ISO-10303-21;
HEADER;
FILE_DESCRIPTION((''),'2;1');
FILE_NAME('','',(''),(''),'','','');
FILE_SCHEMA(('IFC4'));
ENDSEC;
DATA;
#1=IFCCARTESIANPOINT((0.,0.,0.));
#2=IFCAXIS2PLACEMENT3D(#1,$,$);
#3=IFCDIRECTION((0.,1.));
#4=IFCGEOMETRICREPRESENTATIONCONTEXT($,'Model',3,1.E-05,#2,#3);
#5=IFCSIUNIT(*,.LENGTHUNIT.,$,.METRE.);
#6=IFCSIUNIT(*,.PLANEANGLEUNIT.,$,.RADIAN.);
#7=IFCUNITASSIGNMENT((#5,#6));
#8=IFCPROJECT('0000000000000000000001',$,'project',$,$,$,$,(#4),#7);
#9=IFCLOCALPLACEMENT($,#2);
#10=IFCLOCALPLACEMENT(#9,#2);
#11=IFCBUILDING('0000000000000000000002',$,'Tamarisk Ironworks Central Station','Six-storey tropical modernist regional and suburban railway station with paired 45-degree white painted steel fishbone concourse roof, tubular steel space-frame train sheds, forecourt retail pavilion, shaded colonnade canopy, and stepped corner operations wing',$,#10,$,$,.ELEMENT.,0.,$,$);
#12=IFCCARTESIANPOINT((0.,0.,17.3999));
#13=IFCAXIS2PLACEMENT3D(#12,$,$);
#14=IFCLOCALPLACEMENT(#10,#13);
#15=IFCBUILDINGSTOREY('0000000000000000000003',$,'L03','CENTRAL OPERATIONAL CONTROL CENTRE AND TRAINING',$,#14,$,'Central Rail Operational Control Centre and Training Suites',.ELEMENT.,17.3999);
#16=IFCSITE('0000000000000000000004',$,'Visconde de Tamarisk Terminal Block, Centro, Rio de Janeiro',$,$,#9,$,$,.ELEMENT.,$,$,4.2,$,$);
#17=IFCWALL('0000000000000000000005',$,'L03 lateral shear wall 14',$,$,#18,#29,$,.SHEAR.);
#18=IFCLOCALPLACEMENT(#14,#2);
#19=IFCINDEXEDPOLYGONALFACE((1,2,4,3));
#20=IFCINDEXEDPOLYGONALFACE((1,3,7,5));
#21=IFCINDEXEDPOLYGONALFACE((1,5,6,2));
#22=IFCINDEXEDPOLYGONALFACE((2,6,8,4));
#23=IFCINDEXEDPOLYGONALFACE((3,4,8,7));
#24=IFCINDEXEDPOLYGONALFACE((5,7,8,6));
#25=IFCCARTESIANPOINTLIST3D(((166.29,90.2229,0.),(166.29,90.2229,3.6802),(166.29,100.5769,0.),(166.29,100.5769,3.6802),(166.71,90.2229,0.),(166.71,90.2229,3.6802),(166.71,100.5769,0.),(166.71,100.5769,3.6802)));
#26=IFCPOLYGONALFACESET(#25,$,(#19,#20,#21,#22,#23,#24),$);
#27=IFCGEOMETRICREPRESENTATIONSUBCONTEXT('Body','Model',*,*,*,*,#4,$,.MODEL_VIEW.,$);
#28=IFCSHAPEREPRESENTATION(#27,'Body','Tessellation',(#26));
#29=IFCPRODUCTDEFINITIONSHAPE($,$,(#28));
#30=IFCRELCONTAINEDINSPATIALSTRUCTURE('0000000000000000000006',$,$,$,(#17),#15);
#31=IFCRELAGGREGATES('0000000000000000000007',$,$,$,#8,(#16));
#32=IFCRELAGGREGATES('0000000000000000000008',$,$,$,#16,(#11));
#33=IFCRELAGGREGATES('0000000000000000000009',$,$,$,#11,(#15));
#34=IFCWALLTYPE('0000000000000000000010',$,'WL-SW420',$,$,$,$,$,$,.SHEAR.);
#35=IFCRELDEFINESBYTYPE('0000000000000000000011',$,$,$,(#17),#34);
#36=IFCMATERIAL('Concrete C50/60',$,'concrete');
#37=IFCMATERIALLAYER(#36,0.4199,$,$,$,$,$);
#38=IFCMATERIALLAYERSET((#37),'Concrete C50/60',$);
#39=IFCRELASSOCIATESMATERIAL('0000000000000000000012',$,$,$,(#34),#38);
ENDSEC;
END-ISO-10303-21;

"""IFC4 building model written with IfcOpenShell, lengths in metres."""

from ifc_helpers import new_model, si_unit, direction, frame, frame_2d, origin, place, context, subcontext, project, spatial, rectangle, extrude, material, layer, layer_set, type_object, element, save


model = new_model("IFC4")

# Units and contexts
model_context = context("Model", 3, precision=1e-05, world=origin(), true_north=direction((0.0, 1.0)))
body_context = subcontext(model_context, "Body", "Model", "MODEL_VIEW")
ifc_project = project(units=[si_unit("LENGTHUNIT", "METRE"), si_unit("PLANEANGLEUNIT", "RADIAN")], contexts=[model_context])

# Site, building, storey
site_placement = place(None, origin())
site = spatial("IfcSite", under=ifc_project, at=site_placement, Name="Visconde de Tamarisk Terminal Block, Centro, Rio de Janeiro", CompositionType="ELEMENT", RefElevation=4.2)
building_placement = place(site_placement, origin())
building = spatial("IfcBuilding", under=site, at=building_placement, Name="Tamarisk Ironworks Central Station", Description="Six-storey tropical modernist regional and suburban railway station with paired 45-degree white painted steel fishbone concourse roof, tubular steel space-frame train sheds, forecourt retail pavilion, shaded colonnade canopy, and stepped corner operations wing", CompositionType="ELEMENT", ElevationOfRefHeight=0.0)
storey_placement = place(building_placement, frame((0.0, 0.0, 17.3999)))
storey = spatial("IfcBuildingStorey", under=building, at=storey_placement, Name="L03", Description="CENTRAL OPERATIONAL CONTROL CENTRE AND TRAINING", LongName="Central Rail Operational Control Centre and Training Suites", CompositionType="ELEMENT", Elevation=17.3999)

# Wall
ifc_material_1 = material(Name="Concrete C50/60", Category="concrete")
ifc_layer_1 = layer(ifc_material_1, 0.4199)
ifc_layer_set_1 = layer_set([ifc_layer_1], Name="Concrete C50/60")
wall_type = type_object("IfcWallType", Name="WL-SW420", PredefinedType="SHEAR", material=ifc_layer_set_1)
wall_placement = place(storey_placement, frame((166.5, 90.2229, 0.0), z_axis=(0.0, 0.0, 1.0), x_axis=(0.0, 1.0, 0.0)))
element("IfcWall", 1, at=wall_placement, inside=storey, type_object=wall_type, Name="L03 lateral shear wall 14", PredefinedType="SHEAR", context=body_context, shape_type="SweptSolid", body=[
    extrude(rectangle(XDim=10.354, YDim=0.4199, at=frame_2d((5.177, 0.0))), origin(), (0.0, 0.0, 1.0), 3.6802),
])

save(model, "model.ifc")
